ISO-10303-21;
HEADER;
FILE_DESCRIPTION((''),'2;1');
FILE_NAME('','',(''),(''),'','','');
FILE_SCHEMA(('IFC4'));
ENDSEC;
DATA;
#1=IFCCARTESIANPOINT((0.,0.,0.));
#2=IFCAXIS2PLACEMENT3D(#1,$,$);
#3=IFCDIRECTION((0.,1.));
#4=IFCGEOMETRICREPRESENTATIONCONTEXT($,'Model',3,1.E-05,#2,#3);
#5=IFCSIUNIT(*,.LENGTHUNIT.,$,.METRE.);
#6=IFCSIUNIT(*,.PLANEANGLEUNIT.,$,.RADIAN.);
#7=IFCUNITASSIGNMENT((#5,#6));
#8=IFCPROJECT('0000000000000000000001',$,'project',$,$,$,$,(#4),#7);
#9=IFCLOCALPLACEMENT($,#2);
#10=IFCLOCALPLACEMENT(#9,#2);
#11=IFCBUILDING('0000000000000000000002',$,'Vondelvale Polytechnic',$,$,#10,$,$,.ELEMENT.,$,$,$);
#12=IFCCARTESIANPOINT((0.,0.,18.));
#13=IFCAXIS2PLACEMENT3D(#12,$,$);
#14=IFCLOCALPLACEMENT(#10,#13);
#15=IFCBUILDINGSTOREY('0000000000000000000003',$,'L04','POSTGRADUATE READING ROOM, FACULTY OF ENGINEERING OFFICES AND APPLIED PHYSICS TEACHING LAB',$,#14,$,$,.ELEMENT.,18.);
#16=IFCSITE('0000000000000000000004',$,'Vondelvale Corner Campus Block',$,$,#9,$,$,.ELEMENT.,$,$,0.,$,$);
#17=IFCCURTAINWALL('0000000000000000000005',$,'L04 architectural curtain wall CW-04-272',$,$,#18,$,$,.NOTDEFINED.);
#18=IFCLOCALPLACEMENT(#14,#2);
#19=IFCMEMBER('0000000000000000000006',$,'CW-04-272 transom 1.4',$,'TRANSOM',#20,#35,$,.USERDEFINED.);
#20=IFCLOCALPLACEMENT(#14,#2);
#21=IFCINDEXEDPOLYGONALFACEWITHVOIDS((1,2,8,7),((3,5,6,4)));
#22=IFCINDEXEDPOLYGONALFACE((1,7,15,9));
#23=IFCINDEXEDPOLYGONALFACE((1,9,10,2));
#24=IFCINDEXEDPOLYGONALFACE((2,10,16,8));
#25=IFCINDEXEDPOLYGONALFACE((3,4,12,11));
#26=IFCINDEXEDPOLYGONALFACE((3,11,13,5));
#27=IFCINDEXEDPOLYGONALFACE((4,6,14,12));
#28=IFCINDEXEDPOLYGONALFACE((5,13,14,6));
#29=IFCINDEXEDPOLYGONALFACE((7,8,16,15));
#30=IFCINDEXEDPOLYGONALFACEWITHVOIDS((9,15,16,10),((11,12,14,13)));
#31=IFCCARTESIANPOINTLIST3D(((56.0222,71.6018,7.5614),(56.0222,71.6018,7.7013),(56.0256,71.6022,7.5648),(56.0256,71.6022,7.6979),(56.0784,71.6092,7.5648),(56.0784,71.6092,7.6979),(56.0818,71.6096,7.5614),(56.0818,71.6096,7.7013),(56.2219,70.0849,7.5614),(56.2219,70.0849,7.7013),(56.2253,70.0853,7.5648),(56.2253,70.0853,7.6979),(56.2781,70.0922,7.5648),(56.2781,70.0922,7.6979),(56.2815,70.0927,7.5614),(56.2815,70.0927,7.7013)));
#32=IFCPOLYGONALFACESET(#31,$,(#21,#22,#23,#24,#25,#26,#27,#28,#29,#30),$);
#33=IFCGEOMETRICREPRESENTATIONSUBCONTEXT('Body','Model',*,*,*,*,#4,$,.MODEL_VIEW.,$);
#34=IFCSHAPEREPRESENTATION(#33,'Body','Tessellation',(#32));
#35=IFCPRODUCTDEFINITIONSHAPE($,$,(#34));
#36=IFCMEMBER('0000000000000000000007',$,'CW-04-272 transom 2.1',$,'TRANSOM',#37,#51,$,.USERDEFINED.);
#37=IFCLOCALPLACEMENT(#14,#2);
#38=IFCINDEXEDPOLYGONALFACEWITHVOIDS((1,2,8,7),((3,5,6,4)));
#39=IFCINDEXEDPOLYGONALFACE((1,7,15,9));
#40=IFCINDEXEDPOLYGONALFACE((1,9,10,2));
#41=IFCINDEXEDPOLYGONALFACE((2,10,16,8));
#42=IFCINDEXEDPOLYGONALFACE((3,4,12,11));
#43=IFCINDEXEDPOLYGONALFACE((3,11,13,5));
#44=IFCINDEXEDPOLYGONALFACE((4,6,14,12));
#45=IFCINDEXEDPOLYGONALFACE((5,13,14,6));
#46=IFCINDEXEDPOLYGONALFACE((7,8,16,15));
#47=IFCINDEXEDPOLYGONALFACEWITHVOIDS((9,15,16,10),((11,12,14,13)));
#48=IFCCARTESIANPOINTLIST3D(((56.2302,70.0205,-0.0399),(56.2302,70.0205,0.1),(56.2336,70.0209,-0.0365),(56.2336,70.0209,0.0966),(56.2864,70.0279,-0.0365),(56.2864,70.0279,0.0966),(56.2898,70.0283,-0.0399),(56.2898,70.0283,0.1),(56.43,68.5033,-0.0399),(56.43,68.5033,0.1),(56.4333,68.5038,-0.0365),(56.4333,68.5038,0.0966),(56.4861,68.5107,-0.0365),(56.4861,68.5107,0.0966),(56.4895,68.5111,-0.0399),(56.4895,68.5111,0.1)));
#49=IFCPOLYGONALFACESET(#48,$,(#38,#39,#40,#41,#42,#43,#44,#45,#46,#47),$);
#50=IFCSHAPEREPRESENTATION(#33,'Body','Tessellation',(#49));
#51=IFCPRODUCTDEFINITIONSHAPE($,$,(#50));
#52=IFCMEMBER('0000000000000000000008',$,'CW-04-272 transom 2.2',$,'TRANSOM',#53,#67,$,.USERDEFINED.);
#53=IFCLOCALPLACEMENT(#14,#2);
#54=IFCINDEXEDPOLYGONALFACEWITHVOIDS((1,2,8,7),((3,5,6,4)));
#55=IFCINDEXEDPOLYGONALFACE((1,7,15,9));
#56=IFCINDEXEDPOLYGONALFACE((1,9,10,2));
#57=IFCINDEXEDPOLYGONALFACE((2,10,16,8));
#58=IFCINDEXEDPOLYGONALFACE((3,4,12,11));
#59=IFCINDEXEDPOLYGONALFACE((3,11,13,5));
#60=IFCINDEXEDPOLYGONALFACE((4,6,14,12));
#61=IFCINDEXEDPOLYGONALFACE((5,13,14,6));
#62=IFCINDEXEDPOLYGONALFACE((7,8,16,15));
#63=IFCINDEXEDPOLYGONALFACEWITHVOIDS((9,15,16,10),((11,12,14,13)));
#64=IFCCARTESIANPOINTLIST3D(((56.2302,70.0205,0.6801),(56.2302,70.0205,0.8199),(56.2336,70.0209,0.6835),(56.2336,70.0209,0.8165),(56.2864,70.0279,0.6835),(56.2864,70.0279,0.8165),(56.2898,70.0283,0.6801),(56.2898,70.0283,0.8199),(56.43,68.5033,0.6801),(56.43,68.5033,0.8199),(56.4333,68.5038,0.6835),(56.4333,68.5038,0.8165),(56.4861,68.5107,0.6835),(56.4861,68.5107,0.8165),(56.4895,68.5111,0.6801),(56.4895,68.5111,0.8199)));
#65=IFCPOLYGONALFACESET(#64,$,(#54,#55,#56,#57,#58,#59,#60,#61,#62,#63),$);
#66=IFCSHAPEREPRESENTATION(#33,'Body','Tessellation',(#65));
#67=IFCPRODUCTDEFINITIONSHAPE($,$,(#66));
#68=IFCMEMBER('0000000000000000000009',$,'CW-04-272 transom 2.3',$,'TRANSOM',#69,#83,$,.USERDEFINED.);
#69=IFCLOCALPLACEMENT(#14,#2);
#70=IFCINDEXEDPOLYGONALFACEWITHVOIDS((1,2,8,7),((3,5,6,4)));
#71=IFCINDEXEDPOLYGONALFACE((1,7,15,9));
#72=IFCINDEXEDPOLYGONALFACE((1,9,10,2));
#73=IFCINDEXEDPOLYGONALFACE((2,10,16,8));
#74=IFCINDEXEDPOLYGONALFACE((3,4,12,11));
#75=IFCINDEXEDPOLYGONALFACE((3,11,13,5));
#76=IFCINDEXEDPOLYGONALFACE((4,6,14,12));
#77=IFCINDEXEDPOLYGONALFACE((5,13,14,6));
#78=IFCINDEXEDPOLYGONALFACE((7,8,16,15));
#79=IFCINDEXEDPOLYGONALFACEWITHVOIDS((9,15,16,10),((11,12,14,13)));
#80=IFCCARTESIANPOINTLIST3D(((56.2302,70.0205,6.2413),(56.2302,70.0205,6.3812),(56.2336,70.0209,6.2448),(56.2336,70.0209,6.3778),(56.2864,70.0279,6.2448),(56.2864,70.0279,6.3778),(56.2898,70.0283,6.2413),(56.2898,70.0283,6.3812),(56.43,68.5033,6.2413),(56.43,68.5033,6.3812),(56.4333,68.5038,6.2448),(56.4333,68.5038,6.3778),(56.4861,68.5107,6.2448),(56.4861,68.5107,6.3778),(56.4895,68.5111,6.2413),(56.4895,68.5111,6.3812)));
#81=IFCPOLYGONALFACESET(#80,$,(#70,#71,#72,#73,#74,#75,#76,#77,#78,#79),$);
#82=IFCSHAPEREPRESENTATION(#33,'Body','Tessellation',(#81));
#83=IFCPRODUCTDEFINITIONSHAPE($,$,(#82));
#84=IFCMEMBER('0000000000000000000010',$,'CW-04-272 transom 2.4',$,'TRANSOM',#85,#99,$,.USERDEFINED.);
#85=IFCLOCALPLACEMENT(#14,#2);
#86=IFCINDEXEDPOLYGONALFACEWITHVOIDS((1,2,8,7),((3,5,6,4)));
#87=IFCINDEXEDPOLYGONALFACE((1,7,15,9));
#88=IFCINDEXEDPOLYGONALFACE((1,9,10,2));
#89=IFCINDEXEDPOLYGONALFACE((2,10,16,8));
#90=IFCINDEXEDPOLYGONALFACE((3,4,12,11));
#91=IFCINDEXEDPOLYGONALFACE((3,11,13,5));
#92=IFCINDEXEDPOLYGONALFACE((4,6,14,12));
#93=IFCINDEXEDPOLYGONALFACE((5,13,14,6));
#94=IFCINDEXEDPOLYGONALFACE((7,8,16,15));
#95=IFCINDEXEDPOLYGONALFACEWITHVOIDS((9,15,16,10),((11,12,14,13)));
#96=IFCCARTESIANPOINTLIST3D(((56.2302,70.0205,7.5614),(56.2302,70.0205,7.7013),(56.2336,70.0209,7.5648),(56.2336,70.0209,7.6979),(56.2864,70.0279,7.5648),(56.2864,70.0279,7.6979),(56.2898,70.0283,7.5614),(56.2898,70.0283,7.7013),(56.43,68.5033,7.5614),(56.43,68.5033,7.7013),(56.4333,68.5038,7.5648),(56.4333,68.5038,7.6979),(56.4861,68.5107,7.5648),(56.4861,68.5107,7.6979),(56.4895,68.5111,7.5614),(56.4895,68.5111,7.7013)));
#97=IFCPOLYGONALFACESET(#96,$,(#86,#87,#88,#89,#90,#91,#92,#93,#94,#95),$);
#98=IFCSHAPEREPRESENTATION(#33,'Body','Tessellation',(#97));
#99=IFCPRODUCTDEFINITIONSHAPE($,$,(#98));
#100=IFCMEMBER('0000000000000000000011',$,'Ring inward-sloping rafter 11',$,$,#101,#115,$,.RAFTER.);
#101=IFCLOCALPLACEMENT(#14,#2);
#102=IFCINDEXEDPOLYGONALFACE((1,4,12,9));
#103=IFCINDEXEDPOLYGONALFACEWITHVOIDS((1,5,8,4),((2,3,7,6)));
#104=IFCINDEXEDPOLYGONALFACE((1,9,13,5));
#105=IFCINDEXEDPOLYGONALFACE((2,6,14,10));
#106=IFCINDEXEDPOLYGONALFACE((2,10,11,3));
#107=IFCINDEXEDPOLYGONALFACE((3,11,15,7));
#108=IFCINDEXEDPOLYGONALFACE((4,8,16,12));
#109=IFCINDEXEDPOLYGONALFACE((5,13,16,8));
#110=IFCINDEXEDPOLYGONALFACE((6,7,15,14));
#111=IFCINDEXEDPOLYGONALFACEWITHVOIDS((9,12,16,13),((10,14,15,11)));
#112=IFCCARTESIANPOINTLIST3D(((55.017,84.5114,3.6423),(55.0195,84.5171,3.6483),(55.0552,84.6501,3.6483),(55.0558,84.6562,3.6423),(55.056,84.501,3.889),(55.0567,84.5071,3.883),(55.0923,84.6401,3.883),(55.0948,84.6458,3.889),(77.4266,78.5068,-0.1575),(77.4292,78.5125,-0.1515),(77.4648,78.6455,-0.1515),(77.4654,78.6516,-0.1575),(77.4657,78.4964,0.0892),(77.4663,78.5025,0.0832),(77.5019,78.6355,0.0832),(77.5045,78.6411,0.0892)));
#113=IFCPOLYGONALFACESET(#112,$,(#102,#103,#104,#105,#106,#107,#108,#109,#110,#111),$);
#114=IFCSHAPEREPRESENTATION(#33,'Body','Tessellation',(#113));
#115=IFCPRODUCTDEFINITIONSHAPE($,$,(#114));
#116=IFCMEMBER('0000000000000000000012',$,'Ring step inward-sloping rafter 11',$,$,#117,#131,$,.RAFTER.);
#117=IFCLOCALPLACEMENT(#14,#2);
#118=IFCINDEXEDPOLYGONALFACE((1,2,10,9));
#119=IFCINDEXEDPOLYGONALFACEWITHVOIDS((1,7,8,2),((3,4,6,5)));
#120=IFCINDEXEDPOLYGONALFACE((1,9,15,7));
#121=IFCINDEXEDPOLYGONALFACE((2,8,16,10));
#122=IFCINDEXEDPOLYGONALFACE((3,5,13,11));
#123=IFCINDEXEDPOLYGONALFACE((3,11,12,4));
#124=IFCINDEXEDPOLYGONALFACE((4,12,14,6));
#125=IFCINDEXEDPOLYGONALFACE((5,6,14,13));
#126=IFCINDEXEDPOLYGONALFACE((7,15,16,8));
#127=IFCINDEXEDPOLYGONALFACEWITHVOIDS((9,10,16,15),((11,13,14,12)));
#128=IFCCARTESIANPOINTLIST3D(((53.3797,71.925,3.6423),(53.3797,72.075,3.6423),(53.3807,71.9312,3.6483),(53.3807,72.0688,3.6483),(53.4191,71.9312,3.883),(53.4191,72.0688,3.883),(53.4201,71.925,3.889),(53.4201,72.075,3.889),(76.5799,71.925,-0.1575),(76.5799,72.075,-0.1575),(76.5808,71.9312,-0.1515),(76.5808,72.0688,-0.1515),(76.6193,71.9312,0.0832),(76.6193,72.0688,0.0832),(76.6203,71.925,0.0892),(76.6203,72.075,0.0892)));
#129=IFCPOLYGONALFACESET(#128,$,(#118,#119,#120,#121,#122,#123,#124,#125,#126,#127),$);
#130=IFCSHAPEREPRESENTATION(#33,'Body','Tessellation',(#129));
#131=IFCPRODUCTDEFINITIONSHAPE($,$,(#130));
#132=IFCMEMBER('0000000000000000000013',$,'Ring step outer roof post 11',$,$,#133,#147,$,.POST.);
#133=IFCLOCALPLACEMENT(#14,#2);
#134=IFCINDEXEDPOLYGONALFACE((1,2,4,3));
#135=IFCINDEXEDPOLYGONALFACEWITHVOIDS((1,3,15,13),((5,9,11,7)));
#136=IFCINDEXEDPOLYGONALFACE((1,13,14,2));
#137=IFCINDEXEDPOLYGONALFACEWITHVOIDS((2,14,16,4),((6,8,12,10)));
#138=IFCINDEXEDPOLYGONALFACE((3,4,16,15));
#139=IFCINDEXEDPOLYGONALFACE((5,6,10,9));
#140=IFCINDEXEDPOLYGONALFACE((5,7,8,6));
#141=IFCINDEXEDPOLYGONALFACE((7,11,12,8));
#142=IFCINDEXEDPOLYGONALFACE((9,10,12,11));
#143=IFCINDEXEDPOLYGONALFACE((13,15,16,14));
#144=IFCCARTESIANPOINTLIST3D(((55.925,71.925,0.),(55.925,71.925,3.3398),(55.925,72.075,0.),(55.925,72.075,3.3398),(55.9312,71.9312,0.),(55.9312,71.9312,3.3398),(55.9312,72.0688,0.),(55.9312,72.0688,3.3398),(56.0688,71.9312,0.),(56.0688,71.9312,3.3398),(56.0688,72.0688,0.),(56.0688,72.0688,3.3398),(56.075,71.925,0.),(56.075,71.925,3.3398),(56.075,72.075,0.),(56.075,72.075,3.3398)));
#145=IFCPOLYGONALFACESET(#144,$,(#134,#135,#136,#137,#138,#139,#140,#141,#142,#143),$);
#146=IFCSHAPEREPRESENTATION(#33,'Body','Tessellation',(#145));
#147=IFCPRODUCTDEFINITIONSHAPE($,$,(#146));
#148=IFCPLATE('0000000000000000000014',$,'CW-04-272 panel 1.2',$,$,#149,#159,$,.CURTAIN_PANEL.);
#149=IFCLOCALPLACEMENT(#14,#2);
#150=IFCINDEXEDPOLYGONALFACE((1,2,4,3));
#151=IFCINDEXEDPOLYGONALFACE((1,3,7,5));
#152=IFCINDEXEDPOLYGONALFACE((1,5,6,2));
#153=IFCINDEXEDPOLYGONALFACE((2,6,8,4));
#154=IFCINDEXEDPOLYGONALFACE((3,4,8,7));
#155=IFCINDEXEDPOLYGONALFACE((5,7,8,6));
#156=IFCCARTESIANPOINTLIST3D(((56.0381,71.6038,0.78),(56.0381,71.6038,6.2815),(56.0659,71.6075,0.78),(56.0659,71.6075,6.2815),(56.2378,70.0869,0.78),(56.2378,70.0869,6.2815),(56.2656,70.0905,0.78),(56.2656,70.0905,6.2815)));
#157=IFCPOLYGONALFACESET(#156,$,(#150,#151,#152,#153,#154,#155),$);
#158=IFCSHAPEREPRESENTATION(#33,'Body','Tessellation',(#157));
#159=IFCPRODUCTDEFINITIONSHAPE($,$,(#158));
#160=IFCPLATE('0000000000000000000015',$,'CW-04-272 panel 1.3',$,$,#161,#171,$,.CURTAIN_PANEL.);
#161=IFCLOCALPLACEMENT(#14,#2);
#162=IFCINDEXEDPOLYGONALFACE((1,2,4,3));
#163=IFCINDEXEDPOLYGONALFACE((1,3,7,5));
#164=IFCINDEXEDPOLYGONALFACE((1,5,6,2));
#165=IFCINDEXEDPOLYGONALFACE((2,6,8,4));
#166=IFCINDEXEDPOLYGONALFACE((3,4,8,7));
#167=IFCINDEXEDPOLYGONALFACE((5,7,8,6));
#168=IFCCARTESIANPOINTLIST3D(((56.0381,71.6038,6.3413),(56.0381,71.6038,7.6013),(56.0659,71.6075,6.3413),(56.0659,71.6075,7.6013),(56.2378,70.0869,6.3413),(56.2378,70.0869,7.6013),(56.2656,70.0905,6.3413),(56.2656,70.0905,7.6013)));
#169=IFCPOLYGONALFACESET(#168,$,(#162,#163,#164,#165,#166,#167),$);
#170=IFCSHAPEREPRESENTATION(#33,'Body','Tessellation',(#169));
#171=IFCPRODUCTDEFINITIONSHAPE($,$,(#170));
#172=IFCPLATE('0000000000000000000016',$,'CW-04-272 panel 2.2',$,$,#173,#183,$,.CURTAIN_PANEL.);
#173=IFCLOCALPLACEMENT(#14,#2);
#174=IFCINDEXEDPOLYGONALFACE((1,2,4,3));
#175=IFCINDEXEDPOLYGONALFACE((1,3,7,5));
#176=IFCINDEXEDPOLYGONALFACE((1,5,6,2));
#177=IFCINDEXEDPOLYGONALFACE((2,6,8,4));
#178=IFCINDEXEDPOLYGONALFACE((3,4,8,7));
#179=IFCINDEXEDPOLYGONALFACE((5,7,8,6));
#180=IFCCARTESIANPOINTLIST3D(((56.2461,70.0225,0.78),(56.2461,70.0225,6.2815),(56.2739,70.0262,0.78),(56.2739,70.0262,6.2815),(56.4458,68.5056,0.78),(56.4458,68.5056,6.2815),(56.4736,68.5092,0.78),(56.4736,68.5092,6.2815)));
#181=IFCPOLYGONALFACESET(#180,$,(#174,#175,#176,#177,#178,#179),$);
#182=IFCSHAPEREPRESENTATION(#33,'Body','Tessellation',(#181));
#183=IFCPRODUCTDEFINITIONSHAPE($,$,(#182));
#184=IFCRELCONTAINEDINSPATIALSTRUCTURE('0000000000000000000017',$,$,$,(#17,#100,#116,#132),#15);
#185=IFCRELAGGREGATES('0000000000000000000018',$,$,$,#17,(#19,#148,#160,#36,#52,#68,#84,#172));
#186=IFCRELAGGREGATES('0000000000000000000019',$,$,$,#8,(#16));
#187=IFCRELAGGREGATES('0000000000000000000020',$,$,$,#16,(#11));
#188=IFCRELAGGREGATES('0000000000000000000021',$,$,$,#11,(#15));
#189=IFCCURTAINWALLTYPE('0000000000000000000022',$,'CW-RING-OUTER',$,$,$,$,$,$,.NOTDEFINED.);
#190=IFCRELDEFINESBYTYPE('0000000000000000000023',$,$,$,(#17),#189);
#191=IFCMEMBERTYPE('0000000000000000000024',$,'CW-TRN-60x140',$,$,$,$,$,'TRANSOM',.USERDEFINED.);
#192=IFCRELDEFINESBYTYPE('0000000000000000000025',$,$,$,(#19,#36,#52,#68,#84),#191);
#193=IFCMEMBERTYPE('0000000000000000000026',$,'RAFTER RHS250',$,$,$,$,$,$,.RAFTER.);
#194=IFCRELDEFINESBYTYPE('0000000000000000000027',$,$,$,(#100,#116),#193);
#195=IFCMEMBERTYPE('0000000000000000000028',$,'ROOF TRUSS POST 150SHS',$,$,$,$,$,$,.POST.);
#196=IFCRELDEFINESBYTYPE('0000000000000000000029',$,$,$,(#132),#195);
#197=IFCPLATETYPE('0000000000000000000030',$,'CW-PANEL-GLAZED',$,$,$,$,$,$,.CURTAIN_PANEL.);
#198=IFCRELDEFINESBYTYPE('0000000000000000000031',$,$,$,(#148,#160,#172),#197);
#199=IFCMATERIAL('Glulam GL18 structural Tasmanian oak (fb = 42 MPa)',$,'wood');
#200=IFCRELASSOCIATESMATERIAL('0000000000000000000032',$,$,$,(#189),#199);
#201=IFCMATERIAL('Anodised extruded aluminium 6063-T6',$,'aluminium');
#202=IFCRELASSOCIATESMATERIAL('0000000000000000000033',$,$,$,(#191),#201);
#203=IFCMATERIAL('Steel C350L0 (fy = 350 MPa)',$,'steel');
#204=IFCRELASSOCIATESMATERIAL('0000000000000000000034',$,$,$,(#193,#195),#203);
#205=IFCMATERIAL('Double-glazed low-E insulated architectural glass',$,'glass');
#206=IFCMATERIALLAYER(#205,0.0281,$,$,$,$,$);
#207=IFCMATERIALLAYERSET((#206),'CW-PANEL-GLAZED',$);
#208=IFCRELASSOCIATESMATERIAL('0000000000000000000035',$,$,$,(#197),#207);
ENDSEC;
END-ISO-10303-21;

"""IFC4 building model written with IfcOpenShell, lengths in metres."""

from ifc_helpers import new_model, si_unit, direction, frame, origin, origin_2d, place, context, subcontext, project, spatial, rectangle, hollow_rectangle, extrude, material, layer, layer_set, material_profile, profile_set, type_object, element, aggregate, save


model = new_model("IFC4")

# Units and contexts
model_context = context("Model", 3, precision=1e-05, world=origin(), true_north=direction((0.0, 1.0)))
body_context = subcontext(model_context, "Body", "Model", "MODEL_VIEW")
ifc_project = project(units=[si_unit("LENGTHUNIT", "METRE"), si_unit("PLANEANGLEUNIT", "RADIAN")], contexts=[model_context])

# Site, building, storey
site_placement = place(None, origin())
site = spatial("IfcSite", under=ifc_project, at=site_placement, Name="Vondelvale Corner Campus Block", CompositionType="ELEMENT", RefElevation=0.0)
building_placement = place(site_placement, origin())
building = spatial("IfcBuilding", under=site, at=building_placement, Name="Vondelvale Polytechnic", CompositionType="ELEMENT")
storey_placement = place(building_placement, frame((0.0, 0.0, 18.0)))
storey = spatial("IfcBuildingStorey", under=building, at=storey_placement, Name="L04", Description="POSTGRADUATE READING ROOM, FACULTY OF ENGINEERING OFFICES AND APPLIED PHYSICS TEACHING LAB", CompositionType="ELEMENT", Elevation=18.0)

# Shared definitions
ifc_material_1 = material(Name="Glulam GL18 structural Tasmanian oak (fb = 42 MPa)", Category="wood")

# Curtain wall, members
curtain_wall_type = type_object("IfcCurtainWallType", Name="CW-RING-OUTER", PredefinedType="NOTDEFINED", material=ifc_material_1)
curtain_wall_placement = place(storey_placement, origin())
curtain_wall = element("IfcCurtainWall", 1, at=curtain_wall_placement, inside=storey, type_object=curtain_wall_type, Name="L04 architectural curtain wall CW-04-272", PredefinedType="NOTDEFINED")
ifc_material_2 = material(Name="Anodised extruded aluminium 6063-T6", Category="aluminium")
ifc_material_profile_1 = material_profile(ifc_material_2, hollow_rectangle(XDim=0.0601, YDim=0.1399, WallThickness=0.0034, at=origin_2d()), Name="CW-TRN-140x60")
ifc_profile_set_1 = profile_set([ifc_material_profile_1], Name="Anodised extruded aluminium 6063-T6")
member_type_1 = type_object("IfcMemberType", Name="CW-TRN-60x140", ElementType="TRANSOM", PredefinedType="USERDEFINED", material=ifc_profile_set_1)
member_1_placement = place(storey_placement, frame((56.052, 71.6057, 7.6313), z_axis=(0.130533, -0.991444, 0.0), x_axis=(0.991444, 0.130533, 0.0)))
member_1 = element("IfcMember", 2, at=member_1_placement, type_object=member_type_1, Name="CW-04-272 transom 1.4", ObjectType="TRANSOM", PredefinedType="USERDEFINED", context=body_context, shape_type="SweptSolid", body=[
    extrude(hollow_rectangle(XDim=0.0601, YDim=0.1399, WallThickness=0.0034, at=origin_2d()), origin(), (0.0, 0.0, 1.0), 1.53),
])
member_2_placement = place(storey_placement, frame((56.26, 70.0244, 0.03), z_axis=(0.130512, -0.991447, 0.0), x_axis=(0.991447, 0.130512, 0.0)))
member_2 = element("IfcMember", 3, at=member_2_placement, type_object=member_type_1, Name="CW-04-272 transom 2.1", ObjectType="TRANSOM", PredefinedType="USERDEFINED", context=body_context, shape_type="SweptSolid", body=[
    extrude(hollow_rectangle(XDim=0.0601, YDim=0.1399, WallThickness=0.0034, at=origin_2d()), origin(), (0.0, 0.0, 1.0), 1.5303),
])
member_3_placement = place(storey_placement, frame((56.26, 70.0244, 0.75), z_axis=(0.130512, -0.991447, 0.0), x_axis=(0.991447, 0.130512, 0.0)))
member_3 = element("IfcMember", 4, at=member_3_placement, type_object=member_type_1, Name="CW-04-272 transom 2.2", ObjectType="TRANSOM", PredefinedType="USERDEFINED", context=body_context, shape_type="SweptSolid", body=[
    extrude(hollow_rectangle(XDim=0.0601, YDim=0.1399, WallThickness=0.0034, at=origin_2d()), origin(), (0.0, 0.0, 1.0), 1.5303),
])
member_4_placement = place(storey_placement, frame((56.26, 70.0244, 6.3113), z_axis=(0.130512, -0.991447, 0.0), x_axis=(0.991447, 0.130512, 0.0)))
member_4 = element("IfcMember", 5, at=member_4_placement, type_object=member_type_1, Name="CW-04-272 transom 2.3", ObjectType="TRANSOM", PredefinedType="USERDEFINED", context=body_context, shape_type="SweptSolid", body=[
    extrude(hollow_rectangle(XDim=0.0601, YDim=0.1399, WallThickness=0.0034, at=origin_2d()), origin(), (0.0, 0.0, 1.0), 1.5303),
])
member_5_placement = place(storey_placement, frame((56.26, 70.0244, 7.6313), z_axis=(0.130512, -0.991447, 0.0), x_axis=(0.991447, 0.130512, 0.0)))
member_5 = element("IfcMember", 6, at=member_5_placement, type_object=member_type_1, Name="CW-04-272 transom 2.4", ObjectType="TRANSOM", PredefinedType="USERDEFINED", context=body_context, shape_type="SweptSolid", body=[
    extrude(hollow_rectangle(XDim=0.0601, YDim=0.1399, WallThickness=0.0034, at=origin_2d()), origin(), (0.0, 0.0, 1.0), 1.5303),
])

# Members
ifc_material_3 = material(Name="Steel C350L0 (fy = 350 MPa)", Category="steel")
ifc_material_profile_2 = material_profile(ifc_material_3, hollow_rectangle(XDim=0.1499, YDim=0.25, WallThickness=0.0061, at=origin_2d()), Name="250x150x6.0RHS")
ifc_profile_set_2 = profile_set([ifc_material_profile_2], Name="Steel C350L0 (fy = 350 MPa)")
member_type_2 = type_object("IfcMemberType", Name="RAFTER RHS250", PredefinedType="RAFTER", material=ifc_profile_set_2)
for number, where, z_axis, x_axis, name in (
    (7, (55.0559, 84.5786, 3.7656), (0.953225, -0.255415, -0.16163), (0.258818, 0.965926, 0.0), "Ring inward-sloping rafter 11"),
    (8, (53.3999, 72.0, 3.7656), (0.986851, 0.0, -0.16163), (0.0, 1.0, 0.0), "Ring step inward-sloping rafter 11"),
):
    element("IfcMember", number, at=place(storey_placement, frame(where, z_axis=z_axis, x_axis=x_axis)), inside=storey, type_object=member_type_2, Name=name, PredefinedType="RAFTER", context=body_context, shape_type="SweptSolid", body=[
        extrude(hollow_rectangle(XDim=0.1499, YDim=0.25, WallThickness=0.0061, at=origin_2d()), origin(), (0.0, 0.0, 1.0), 23.5093),
    ])
ifc_material_profile_3 = material_profile(ifc_material_3, hollow_rectangle(XDim=0.1499, YDim=0.1499, WallThickness=0.0061, at=origin_2d()), Name="150x150x6.0SHS")
ifc_profile_set_3 = profile_set([ifc_material_profile_3], Name="Steel C350L0 (fy = 350 MPa)")
member_type_3 = type_object("IfcMemberType", Name="ROOF TRUSS POST 150SHS", PredefinedType="POST", material=ifc_profile_set_3)
member_6_placement = place(storey_placement, frame((56.0, 72.0, 0.0), z_axis=(0.0, 0.0, 1.0), x_axis=(1.0, 0.0, 0.0)))
element("IfcMember", 9, at=member_6_placement, inside=storey, type_object=member_type_3, Name="Ring step outer roof post 11", PredefinedType="POST", context=body_context, shape_type="SweptSolid", body=[
    extrude(hollow_rectangle(XDim=0.1499, YDim=0.1499, WallThickness=0.0061, at=origin_2d()), origin(), (0.0, 0.0, 1.0), 3.3398),
])

# Plates
ifc_material_4 = material(Name="Double-glazed low-E insulated architectural glass", Category="glass")
ifc_layer_1 = layer(ifc_material_4, 0.0281)
ifc_layer_set_1 = layer_set([ifc_layer_1], Name="CW-PANEL-GLAZED")
plate_type_1 = type_object("IfcPlateType", Name="CW-PANEL-GLAZED", PredefinedType="CURTAIN_PANEL", material=ifc_layer_set_1)
plate_1_placement = place(storey_placement, frame((56.1519, 70.8472, 0.78), z_axis=(0.0, 0.0, 1.0), x_axis=(0.13054, -0.991443, 0.0)))
plate_1 = element("IfcPlate", 10, at=plate_1_placement, type_object=plate_type_1, Name="CW-04-272 panel 1.2", PredefinedType="CURTAIN_PANEL", context=body_context, shape_type="SweptSolid", body=[
    extrude(rectangle(XDim=1.53, YDim=0.0281, at=origin_2d()), origin(), (0.0, 0.0, 1.0), 5.5015),
])
plate_2_placement = place(storey_placement, frame((56.1519, 70.8472, 6.3413), z_axis=(0.0, 0.0, 1.0), x_axis=(0.13054, -0.991443, 0.0)))
plate_2 = element("IfcPlate", 11, at=plate_2_placement, type_object=plate_type_1, Name="CW-04-272 panel 1.3", PredefinedType="CURTAIN_PANEL", context=body_context, shape_type="SweptSolid", body=[
    extrude(rectangle(XDim=1.53, YDim=0.0281, at=origin_2d()), origin(), (0.0, 0.0, 1.0), 1.26),
])
plate_3_placement = place(storey_placement, frame((56.3599, 69.2659, 0.78), z_axis=(0.0, 0.0, 1.0), x_axis=(0.13054, -0.991443, 0.0)))
plate_3 = element("IfcPlate", 12, at=plate_3_placement, type_object=plate_type_1, Name="CW-04-272 panel 2.2", PredefinedType="CURTAIN_PANEL", context=body_context, shape_type="SweptSolid", body=[
    extrude(rectangle(XDim=1.53, YDim=0.0281, at=origin_2d()), origin(), (0.0, 0.0, 1.0), 5.5015),
])
aggregate(curtain_wall, [member_1, plate_1, plate_2, member_2, member_3, member_4, member_5, plate_3])

save(model, "model.ifc")
